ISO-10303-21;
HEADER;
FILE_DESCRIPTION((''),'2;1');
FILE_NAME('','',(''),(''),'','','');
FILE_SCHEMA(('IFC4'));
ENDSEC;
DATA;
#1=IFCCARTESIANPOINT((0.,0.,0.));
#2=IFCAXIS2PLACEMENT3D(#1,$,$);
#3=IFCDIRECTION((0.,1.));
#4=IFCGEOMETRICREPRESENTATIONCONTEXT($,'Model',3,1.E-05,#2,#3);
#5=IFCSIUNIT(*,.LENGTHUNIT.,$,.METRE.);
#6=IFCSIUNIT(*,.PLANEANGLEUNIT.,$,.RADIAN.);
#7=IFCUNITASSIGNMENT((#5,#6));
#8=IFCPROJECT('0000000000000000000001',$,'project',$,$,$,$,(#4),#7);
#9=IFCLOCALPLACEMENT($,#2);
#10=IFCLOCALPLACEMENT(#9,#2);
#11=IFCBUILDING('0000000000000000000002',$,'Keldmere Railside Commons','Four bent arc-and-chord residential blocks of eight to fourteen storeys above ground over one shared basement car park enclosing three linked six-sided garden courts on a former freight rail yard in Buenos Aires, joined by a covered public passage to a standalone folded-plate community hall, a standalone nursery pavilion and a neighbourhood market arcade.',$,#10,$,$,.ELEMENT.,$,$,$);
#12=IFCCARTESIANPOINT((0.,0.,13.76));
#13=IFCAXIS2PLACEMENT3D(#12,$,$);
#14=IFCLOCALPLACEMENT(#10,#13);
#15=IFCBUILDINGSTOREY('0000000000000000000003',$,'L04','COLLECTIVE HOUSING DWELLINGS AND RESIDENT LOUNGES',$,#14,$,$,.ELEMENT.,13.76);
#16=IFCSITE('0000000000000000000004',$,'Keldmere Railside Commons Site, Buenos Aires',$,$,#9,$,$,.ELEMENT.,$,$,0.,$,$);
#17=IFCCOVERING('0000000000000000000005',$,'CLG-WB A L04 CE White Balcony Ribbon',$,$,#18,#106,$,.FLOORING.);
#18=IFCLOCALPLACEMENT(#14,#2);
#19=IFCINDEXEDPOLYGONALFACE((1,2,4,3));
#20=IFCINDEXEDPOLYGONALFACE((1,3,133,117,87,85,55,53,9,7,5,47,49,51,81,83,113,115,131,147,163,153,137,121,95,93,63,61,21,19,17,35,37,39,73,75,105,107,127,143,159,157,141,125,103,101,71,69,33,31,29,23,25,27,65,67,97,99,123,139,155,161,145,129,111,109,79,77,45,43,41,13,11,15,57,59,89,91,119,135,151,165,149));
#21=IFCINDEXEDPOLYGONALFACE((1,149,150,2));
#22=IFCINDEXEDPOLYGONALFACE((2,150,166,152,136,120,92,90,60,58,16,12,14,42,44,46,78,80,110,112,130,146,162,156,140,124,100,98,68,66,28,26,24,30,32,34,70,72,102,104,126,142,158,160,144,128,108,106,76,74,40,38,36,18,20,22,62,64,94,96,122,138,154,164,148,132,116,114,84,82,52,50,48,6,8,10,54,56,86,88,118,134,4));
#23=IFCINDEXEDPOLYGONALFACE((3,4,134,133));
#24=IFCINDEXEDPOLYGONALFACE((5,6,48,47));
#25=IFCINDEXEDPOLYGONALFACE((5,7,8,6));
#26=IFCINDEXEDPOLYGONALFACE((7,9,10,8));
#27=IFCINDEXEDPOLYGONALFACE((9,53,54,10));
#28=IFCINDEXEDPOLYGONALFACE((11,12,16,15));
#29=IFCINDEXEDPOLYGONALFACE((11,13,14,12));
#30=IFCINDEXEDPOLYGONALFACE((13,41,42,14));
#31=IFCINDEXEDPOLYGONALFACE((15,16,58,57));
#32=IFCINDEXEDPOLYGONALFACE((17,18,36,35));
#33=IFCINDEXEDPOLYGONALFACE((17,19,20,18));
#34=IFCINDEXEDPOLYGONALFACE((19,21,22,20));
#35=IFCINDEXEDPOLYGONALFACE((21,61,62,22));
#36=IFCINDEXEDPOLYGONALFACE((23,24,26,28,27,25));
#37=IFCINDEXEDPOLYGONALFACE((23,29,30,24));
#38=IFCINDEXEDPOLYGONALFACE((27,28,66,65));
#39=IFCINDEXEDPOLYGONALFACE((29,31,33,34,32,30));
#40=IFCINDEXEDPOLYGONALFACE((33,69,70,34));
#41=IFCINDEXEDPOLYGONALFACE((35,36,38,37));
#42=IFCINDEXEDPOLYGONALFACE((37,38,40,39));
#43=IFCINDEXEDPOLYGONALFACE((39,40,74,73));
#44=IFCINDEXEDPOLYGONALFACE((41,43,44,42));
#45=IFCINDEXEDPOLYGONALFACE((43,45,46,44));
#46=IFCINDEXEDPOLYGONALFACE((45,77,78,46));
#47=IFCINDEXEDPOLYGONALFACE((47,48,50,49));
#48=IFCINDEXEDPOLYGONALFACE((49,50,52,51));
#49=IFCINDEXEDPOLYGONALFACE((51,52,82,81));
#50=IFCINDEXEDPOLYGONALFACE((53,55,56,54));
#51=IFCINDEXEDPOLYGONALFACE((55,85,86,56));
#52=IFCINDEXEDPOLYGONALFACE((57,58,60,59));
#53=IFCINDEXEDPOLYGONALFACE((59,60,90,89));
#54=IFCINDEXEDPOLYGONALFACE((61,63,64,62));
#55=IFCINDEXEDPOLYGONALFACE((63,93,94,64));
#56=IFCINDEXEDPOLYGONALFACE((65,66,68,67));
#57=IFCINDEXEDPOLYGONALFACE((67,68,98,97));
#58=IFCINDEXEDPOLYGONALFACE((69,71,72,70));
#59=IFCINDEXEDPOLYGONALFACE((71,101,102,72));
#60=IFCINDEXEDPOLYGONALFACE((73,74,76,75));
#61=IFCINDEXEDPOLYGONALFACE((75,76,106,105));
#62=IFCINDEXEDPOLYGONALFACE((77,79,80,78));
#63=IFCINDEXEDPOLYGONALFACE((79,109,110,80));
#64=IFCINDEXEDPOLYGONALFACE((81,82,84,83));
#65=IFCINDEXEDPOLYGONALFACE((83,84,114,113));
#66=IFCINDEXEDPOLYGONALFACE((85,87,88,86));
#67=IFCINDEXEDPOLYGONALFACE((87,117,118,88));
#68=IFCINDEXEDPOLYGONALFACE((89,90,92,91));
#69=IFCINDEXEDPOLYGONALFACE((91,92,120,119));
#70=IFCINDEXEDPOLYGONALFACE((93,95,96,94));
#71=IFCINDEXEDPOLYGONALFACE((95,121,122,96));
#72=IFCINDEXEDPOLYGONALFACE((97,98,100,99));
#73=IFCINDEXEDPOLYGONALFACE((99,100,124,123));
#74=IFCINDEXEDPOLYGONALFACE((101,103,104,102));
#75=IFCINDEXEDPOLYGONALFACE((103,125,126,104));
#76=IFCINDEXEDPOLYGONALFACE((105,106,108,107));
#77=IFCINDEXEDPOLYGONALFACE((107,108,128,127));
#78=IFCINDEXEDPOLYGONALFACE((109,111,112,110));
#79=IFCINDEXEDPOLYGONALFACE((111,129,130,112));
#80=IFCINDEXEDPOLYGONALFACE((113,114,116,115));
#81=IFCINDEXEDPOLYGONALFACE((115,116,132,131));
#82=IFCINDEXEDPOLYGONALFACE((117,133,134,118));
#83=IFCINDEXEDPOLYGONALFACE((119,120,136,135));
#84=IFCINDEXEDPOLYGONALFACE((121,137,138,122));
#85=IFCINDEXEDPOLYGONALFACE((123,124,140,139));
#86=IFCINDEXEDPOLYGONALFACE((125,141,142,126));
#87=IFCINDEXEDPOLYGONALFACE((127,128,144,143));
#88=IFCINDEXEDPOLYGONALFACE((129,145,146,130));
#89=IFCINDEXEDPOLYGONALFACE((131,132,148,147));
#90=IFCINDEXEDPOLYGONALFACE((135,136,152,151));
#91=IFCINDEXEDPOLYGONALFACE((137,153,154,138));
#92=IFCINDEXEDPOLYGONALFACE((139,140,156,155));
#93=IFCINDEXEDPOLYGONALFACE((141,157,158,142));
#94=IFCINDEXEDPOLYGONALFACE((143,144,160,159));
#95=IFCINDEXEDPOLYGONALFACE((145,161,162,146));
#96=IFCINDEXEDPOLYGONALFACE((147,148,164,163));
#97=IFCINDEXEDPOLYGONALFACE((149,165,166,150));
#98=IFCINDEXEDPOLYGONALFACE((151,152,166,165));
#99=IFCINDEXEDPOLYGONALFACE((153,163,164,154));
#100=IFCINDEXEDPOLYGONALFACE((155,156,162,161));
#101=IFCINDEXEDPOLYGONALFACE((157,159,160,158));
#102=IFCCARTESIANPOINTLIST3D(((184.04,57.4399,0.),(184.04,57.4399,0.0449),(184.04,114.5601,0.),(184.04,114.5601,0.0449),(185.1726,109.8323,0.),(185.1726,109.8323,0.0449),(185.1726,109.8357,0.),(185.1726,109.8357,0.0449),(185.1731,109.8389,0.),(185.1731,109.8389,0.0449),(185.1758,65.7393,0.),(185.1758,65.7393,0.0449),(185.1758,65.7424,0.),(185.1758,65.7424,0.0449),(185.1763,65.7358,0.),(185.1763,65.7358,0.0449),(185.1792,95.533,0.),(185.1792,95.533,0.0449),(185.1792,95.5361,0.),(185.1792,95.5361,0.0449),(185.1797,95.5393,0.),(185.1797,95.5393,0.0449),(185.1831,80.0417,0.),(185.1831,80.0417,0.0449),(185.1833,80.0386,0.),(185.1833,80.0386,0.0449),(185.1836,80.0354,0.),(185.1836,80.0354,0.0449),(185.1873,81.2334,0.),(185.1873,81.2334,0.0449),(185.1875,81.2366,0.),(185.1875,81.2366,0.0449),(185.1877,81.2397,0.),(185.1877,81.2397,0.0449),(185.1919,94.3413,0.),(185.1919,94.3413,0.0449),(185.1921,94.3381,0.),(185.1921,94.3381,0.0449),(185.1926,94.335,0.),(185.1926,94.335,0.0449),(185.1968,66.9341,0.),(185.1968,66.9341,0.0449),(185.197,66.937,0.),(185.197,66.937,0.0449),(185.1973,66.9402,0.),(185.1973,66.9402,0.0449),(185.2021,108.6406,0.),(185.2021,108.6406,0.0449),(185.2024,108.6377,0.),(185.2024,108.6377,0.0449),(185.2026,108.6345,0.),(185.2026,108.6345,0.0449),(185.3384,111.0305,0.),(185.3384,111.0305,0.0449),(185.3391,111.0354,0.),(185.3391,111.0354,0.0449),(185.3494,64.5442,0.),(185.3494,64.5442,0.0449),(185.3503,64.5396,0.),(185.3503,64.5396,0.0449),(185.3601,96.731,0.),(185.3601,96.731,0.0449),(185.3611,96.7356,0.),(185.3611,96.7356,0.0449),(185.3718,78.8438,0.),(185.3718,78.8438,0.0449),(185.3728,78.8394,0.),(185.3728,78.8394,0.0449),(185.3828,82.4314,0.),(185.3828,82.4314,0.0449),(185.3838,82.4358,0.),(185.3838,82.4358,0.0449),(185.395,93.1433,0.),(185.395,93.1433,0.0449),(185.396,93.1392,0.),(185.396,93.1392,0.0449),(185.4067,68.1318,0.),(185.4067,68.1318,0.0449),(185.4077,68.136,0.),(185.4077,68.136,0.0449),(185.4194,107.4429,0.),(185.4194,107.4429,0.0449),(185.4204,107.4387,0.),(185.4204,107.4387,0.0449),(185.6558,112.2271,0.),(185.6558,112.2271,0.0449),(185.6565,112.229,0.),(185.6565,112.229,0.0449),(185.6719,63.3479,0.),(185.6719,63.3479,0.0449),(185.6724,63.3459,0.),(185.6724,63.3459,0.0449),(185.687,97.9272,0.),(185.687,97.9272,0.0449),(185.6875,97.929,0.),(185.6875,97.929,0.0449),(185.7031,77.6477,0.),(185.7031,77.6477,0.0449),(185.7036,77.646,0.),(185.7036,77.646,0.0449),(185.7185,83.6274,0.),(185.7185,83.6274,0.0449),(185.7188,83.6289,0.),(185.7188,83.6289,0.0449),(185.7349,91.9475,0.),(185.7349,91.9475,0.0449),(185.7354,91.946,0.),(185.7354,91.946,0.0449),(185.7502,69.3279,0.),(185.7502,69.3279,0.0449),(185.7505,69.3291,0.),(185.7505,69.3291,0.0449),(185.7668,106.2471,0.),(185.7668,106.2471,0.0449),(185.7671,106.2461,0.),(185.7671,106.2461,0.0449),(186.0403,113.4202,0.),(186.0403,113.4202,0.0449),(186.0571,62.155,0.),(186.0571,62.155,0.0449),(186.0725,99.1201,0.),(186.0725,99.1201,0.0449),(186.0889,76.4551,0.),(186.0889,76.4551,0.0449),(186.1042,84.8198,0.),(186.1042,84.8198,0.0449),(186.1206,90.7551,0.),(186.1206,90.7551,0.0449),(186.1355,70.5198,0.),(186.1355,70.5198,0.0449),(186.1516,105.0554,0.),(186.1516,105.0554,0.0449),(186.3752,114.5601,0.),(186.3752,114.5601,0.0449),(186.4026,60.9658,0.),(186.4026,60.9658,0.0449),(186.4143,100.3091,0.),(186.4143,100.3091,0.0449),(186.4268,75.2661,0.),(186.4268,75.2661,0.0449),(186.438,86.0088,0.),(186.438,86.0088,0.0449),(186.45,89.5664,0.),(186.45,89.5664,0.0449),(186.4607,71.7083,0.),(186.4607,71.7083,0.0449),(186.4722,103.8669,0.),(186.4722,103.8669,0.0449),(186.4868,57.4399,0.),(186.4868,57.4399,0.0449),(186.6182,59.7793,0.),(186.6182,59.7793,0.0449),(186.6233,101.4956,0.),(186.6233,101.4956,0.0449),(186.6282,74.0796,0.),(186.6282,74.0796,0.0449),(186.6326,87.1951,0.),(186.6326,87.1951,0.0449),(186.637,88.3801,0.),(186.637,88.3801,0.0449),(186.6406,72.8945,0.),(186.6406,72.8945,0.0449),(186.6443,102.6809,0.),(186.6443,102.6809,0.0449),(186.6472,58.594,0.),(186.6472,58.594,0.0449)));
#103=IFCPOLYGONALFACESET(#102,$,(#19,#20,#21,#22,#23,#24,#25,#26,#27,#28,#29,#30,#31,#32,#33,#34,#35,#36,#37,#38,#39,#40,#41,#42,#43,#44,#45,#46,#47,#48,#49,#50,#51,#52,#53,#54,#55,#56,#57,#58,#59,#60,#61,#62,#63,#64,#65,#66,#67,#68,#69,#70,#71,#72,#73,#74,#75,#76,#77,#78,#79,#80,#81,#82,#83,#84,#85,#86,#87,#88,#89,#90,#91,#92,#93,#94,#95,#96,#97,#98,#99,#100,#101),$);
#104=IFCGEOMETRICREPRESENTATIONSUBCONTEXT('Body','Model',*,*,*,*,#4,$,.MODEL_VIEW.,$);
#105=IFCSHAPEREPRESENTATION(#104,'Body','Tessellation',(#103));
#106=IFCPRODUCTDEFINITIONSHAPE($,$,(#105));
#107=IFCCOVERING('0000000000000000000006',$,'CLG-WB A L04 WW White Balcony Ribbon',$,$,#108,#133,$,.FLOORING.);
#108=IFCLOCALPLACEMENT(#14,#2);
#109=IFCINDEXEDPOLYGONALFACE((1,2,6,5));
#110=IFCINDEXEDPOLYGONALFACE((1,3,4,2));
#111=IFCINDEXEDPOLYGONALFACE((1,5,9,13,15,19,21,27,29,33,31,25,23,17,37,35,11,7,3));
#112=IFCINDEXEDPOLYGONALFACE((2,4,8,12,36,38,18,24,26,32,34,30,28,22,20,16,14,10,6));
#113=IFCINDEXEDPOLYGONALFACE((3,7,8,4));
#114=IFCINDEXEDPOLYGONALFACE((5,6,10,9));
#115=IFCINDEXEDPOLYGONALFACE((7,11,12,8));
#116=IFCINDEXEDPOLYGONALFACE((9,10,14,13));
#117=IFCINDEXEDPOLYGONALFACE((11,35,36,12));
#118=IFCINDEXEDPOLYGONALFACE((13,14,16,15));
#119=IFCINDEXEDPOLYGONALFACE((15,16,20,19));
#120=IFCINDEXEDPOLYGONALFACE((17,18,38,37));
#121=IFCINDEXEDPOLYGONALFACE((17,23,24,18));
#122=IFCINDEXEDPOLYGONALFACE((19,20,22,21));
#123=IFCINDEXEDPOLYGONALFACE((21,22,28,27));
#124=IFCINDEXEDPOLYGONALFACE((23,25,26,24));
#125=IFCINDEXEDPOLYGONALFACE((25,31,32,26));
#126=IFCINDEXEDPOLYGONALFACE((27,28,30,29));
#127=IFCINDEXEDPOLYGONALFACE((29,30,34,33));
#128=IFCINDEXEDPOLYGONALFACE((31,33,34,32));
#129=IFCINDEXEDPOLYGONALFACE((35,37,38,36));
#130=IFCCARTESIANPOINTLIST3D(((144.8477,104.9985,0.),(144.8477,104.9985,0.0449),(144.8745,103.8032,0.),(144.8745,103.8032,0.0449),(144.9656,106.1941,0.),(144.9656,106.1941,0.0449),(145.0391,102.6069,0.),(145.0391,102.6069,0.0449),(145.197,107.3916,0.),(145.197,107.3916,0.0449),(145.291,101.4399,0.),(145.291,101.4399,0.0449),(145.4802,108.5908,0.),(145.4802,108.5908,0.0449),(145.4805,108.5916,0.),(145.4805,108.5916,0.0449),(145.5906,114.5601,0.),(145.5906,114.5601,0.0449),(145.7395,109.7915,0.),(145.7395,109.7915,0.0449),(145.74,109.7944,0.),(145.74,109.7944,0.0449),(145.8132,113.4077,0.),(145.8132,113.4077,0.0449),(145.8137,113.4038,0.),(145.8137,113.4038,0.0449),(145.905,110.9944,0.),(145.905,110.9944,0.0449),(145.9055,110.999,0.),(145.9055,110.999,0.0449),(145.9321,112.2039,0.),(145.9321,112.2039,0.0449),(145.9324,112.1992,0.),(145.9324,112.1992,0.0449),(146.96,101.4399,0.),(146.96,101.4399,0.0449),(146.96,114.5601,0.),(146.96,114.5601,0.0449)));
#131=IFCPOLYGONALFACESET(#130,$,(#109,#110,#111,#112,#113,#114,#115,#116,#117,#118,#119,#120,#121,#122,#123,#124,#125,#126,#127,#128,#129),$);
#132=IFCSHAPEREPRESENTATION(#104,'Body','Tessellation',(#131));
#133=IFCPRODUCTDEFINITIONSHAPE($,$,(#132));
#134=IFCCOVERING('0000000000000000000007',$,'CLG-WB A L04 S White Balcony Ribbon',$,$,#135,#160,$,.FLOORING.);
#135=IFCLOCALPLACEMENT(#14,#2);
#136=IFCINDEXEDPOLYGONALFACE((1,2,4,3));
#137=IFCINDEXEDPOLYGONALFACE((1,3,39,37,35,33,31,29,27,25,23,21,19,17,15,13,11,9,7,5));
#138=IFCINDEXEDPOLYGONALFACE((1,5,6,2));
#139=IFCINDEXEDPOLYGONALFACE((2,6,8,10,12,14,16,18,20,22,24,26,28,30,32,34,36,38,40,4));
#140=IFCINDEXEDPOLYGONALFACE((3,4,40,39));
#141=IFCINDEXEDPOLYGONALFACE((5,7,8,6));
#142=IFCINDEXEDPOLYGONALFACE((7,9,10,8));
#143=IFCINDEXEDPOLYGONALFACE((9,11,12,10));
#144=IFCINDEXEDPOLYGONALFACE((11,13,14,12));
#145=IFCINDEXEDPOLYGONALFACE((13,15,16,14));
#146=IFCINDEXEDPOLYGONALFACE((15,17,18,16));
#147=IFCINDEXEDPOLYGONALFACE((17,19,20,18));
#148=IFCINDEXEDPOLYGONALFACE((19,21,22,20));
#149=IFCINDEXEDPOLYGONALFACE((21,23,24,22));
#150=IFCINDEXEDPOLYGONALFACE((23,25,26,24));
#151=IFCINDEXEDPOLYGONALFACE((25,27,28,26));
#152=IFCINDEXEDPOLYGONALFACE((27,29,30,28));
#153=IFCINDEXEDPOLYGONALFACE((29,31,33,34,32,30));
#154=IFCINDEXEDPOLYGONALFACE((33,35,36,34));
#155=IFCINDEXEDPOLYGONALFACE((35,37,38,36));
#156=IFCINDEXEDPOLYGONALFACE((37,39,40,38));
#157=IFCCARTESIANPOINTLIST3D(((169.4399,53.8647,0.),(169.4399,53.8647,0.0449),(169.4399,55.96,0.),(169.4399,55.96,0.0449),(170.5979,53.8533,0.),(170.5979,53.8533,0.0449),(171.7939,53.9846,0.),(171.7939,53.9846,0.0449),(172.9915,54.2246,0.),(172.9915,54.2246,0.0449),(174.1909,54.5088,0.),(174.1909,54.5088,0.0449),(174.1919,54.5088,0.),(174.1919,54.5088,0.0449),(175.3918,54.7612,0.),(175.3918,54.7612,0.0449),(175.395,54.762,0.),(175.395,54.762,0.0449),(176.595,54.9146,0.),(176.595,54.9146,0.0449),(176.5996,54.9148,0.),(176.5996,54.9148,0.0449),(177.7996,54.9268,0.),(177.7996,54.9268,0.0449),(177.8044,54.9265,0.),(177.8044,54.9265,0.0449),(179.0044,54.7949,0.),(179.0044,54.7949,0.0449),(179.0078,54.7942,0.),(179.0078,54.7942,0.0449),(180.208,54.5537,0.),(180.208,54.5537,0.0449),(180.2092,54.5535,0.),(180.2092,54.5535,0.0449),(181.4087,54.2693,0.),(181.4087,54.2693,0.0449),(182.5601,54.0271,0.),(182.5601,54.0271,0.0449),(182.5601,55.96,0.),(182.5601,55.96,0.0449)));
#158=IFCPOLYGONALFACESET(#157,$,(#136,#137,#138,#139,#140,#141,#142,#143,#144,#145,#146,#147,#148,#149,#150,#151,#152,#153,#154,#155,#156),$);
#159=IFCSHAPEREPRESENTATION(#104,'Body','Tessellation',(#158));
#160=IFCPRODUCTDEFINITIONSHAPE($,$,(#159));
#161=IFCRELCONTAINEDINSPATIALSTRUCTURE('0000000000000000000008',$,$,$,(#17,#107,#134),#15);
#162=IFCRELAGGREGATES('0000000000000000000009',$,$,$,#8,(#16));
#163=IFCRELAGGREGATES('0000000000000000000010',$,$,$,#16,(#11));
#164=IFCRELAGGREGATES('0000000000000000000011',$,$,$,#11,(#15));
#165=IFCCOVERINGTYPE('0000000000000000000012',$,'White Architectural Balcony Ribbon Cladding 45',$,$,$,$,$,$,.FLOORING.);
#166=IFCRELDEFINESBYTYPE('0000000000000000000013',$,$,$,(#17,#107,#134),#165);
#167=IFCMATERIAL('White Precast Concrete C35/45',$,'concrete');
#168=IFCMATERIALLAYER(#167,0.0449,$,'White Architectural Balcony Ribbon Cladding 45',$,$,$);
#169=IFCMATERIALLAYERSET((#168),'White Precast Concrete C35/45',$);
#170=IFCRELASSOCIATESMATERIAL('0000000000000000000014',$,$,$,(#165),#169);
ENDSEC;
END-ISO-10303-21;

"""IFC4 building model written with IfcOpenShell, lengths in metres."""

from ifc_helpers import new_model, si_unit, direction, frame, origin, place, context, subcontext, project, spatial, polyline, outline, extrude, material, layer, layer_set, type_object, element, save


model = new_model("IFC4")

# Units and contexts
model_context = context("Model", 3, precision=1e-05, world=origin(), true_north=direction((0.0, 1.0)))
body_context = subcontext(model_context, "Body", "Model", "MODEL_VIEW")
ifc_project = project(units=[si_unit("LENGTHUNIT", "METRE"), si_unit("PLANEANGLEUNIT", "RADIAN")], contexts=[model_context])

# Site, building, storey
site_placement = place(None, origin())
site = spatial("IfcSite", under=ifc_project, at=site_placement, Name="Keldmere Railside Commons Site, Buenos Aires", CompositionType="ELEMENT", RefElevation=0.0)
building_placement = place(site_placement, origin())
building = spatial("IfcBuilding", under=site, at=building_placement, Name="Keldmere Railside Commons", Description="Four bent arc-and-chord residential blocks of eight to fourteen storeys above ground over one shared basement car park enclosing three linked six-sided garden courts on a former freight rail yard in Buenos Aires, joined by a covered public passage to a standalone folded-plate community hall, a standalone nursery pavilion and a neighbourhood market arcade.", CompositionType="ELEMENT")
storey_placement = place(building_placement, frame((0.0, 0.0, 13.76)))
storey = spatial("IfcBuildingStorey", under=building, at=storey_placement, Name="L04", Description="COLLECTIVE HOUSING DWELLINGS AND RESIDENT LOUNGES", CompositionType="ELEMENT", Elevation=13.76)

# Coverings
ifc_material_1 = material(Name="White Precast Concrete C35/45", Category="concrete")
ifc_layer_1 = layer(ifc_material_1, 0.0449, Name="White Architectural Balcony Ribbon Cladding 45")
ifc_layer_set_1 = layer_set([ifc_layer_1], Name="White Precast Concrete C35/45")
covering_type_1 = type_object("IfcCoveringType", Name="White Architectural Balcony Ribbon Cladding 45", PredefinedType="FLOORING", material=ifc_layer_set_1)
covering_1_placement = place(storey_placement, origin())
element("IfcCovering", 1, at=covering_1_placement, inside=storey, type_object=covering_type_1, Name="CLG-WB A L04 CE White Balcony Ribbon", PredefinedType="FLOORING", context=body_context, shape_type="SweptSolid", body=[
    extrude(outline(polyline([(186.6472, 58.594), (186.6182, 59.7793), (186.4026, 60.9658), (186.0571, 62.155), (185.6724, 63.3459), (185.6719, 63.3479), (185.3503, 64.5396), (185.3494, 64.5442), (185.1763, 65.7358), (185.1758, 65.7393), (185.1758, 65.7424), (185.1968, 66.9341), (185.197, 66.937), (185.1973, 66.9402), (185.4067, 68.1318), (185.4077, 68.136), (185.7502, 69.3279), (185.7505, 69.3291), (186.1355, 70.5198), (186.4607, 71.7083), (186.6406, 72.8945), (186.6282, 74.0796), (186.4268, 75.2661), (186.0889, 76.4551), (185.7036, 77.646), (185.7031, 77.6477), (185.3728, 78.8394), (185.3718, 78.8438), (185.1836, 80.0354), (185.1833, 80.0386), (185.1831, 80.0417), (185.1873, 81.2334), (185.1875, 81.2366), (185.1877, 81.2397), (185.3828, 82.4314), (185.3838, 82.4358), (185.7185, 83.6274), (185.7188, 83.6289), (186.1042, 84.8198), (186.438, 86.0088), (186.6326, 87.1951), (186.637, 88.3801), (186.45, 89.5664), (186.1206, 90.7551), (185.7354, 91.946), (185.7349, 91.9475), (185.396, 93.1392), (185.395, 93.1433), (185.1926, 94.335), (185.1921, 94.3381), (185.1919, 94.3413), (185.1792, 95.533), (185.1792, 95.5361), (185.1797, 95.5393), (185.3601, 96.731), (185.3611, 96.7356), (185.687, 97.9272), (185.6875, 97.929), (186.0725, 99.1201), (186.4143, 100.3091), (186.6233, 101.4956), (186.6443, 102.6809), (186.4722, 103.8669), (186.1516, 105.0554), (185.7671, 106.2461), (185.7668, 106.2471), (185.4204, 107.4387), (185.4194, 107.4429), (185.2026, 108.6345), (185.2024, 108.6377), (185.2021, 108.6406), (185.1726, 109.8323), (185.1726, 109.8357), (185.1731, 109.8389), (185.3384, 111.0305), (185.3391, 111.0354), (185.6558, 112.2271), (185.6565, 112.229), (186.0403, 113.4202), (186.3752, 114.5601), (184.04, 114.5601), (184.04, 57.4399), (186.4868, 57.4399), (186.6472, 58.594)])), origin(), (0.0, 0.0, 1.0), 0.0449),
])
covering_2_placement = place(storey_placement, origin())
element("IfcCovering", 2, at=covering_2_placement, inside=storey, type_object=covering_type_1, Name="CLG-WB A L04 WW White Balcony Ribbon", PredefinedType="FLOORING", context=body_context, shape_type="SweptSolid", body=[
    extrude(outline(polyline([(146.96, 114.5601), (145.5906, 114.5601), (145.8132, 113.4077), (145.8137, 113.4038), (145.9321, 112.2039), (145.9324, 112.1992), (145.9055, 110.999), (145.905, 110.9944), (145.74, 109.7944), (145.7395, 109.7915), (145.4805, 108.5916), (145.4802, 108.5908), (145.197, 107.3916), (144.9656, 106.1941), (144.8477, 104.9985), (144.8745, 103.8032), (145.0391, 102.6069), (145.291, 101.4399), (146.96, 101.4399), (146.96, 114.5601)])), origin(), (0.0, 0.0, 1.0), 0.0449),
])
covering_3_placement = place(storey_placement, origin())
element("IfcCovering", 3, at=covering_3_placement, inside=storey, type_object=covering_type_1, Name="CLG-WB A L04 S White Balcony Ribbon", PredefinedType="FLOORING", context=body_context, shape_type="SweptSolid", body=[
    extrude(outline(polyline([(170.5979, 53.8533), (171.7939, 53.9846), (172.9915, 54.2246), (174.1909, 54.5088), (174.1919, 54.5088), (175.3918, 54.7612), (175.395, 54.762), (176.595, 54.9146), (176.5996, 54.9148), (177.7996, 54.9268), (177.8044, 54.9265), (179.0044, 54.7949), (179.0078, 54.7942), (180.208, 54.5537), (180.2092, 54.5535), (181.4087, 54.2693), (182.5601, 54.0271), (182.5601, 55.96), (169.4399, 55.96), (169.4399, 53.8647), (170.5979, 53.8533)])), origin(), (0.0, 0.0, 1.0), 0.0449),
])

save(model, "model.ifc")
